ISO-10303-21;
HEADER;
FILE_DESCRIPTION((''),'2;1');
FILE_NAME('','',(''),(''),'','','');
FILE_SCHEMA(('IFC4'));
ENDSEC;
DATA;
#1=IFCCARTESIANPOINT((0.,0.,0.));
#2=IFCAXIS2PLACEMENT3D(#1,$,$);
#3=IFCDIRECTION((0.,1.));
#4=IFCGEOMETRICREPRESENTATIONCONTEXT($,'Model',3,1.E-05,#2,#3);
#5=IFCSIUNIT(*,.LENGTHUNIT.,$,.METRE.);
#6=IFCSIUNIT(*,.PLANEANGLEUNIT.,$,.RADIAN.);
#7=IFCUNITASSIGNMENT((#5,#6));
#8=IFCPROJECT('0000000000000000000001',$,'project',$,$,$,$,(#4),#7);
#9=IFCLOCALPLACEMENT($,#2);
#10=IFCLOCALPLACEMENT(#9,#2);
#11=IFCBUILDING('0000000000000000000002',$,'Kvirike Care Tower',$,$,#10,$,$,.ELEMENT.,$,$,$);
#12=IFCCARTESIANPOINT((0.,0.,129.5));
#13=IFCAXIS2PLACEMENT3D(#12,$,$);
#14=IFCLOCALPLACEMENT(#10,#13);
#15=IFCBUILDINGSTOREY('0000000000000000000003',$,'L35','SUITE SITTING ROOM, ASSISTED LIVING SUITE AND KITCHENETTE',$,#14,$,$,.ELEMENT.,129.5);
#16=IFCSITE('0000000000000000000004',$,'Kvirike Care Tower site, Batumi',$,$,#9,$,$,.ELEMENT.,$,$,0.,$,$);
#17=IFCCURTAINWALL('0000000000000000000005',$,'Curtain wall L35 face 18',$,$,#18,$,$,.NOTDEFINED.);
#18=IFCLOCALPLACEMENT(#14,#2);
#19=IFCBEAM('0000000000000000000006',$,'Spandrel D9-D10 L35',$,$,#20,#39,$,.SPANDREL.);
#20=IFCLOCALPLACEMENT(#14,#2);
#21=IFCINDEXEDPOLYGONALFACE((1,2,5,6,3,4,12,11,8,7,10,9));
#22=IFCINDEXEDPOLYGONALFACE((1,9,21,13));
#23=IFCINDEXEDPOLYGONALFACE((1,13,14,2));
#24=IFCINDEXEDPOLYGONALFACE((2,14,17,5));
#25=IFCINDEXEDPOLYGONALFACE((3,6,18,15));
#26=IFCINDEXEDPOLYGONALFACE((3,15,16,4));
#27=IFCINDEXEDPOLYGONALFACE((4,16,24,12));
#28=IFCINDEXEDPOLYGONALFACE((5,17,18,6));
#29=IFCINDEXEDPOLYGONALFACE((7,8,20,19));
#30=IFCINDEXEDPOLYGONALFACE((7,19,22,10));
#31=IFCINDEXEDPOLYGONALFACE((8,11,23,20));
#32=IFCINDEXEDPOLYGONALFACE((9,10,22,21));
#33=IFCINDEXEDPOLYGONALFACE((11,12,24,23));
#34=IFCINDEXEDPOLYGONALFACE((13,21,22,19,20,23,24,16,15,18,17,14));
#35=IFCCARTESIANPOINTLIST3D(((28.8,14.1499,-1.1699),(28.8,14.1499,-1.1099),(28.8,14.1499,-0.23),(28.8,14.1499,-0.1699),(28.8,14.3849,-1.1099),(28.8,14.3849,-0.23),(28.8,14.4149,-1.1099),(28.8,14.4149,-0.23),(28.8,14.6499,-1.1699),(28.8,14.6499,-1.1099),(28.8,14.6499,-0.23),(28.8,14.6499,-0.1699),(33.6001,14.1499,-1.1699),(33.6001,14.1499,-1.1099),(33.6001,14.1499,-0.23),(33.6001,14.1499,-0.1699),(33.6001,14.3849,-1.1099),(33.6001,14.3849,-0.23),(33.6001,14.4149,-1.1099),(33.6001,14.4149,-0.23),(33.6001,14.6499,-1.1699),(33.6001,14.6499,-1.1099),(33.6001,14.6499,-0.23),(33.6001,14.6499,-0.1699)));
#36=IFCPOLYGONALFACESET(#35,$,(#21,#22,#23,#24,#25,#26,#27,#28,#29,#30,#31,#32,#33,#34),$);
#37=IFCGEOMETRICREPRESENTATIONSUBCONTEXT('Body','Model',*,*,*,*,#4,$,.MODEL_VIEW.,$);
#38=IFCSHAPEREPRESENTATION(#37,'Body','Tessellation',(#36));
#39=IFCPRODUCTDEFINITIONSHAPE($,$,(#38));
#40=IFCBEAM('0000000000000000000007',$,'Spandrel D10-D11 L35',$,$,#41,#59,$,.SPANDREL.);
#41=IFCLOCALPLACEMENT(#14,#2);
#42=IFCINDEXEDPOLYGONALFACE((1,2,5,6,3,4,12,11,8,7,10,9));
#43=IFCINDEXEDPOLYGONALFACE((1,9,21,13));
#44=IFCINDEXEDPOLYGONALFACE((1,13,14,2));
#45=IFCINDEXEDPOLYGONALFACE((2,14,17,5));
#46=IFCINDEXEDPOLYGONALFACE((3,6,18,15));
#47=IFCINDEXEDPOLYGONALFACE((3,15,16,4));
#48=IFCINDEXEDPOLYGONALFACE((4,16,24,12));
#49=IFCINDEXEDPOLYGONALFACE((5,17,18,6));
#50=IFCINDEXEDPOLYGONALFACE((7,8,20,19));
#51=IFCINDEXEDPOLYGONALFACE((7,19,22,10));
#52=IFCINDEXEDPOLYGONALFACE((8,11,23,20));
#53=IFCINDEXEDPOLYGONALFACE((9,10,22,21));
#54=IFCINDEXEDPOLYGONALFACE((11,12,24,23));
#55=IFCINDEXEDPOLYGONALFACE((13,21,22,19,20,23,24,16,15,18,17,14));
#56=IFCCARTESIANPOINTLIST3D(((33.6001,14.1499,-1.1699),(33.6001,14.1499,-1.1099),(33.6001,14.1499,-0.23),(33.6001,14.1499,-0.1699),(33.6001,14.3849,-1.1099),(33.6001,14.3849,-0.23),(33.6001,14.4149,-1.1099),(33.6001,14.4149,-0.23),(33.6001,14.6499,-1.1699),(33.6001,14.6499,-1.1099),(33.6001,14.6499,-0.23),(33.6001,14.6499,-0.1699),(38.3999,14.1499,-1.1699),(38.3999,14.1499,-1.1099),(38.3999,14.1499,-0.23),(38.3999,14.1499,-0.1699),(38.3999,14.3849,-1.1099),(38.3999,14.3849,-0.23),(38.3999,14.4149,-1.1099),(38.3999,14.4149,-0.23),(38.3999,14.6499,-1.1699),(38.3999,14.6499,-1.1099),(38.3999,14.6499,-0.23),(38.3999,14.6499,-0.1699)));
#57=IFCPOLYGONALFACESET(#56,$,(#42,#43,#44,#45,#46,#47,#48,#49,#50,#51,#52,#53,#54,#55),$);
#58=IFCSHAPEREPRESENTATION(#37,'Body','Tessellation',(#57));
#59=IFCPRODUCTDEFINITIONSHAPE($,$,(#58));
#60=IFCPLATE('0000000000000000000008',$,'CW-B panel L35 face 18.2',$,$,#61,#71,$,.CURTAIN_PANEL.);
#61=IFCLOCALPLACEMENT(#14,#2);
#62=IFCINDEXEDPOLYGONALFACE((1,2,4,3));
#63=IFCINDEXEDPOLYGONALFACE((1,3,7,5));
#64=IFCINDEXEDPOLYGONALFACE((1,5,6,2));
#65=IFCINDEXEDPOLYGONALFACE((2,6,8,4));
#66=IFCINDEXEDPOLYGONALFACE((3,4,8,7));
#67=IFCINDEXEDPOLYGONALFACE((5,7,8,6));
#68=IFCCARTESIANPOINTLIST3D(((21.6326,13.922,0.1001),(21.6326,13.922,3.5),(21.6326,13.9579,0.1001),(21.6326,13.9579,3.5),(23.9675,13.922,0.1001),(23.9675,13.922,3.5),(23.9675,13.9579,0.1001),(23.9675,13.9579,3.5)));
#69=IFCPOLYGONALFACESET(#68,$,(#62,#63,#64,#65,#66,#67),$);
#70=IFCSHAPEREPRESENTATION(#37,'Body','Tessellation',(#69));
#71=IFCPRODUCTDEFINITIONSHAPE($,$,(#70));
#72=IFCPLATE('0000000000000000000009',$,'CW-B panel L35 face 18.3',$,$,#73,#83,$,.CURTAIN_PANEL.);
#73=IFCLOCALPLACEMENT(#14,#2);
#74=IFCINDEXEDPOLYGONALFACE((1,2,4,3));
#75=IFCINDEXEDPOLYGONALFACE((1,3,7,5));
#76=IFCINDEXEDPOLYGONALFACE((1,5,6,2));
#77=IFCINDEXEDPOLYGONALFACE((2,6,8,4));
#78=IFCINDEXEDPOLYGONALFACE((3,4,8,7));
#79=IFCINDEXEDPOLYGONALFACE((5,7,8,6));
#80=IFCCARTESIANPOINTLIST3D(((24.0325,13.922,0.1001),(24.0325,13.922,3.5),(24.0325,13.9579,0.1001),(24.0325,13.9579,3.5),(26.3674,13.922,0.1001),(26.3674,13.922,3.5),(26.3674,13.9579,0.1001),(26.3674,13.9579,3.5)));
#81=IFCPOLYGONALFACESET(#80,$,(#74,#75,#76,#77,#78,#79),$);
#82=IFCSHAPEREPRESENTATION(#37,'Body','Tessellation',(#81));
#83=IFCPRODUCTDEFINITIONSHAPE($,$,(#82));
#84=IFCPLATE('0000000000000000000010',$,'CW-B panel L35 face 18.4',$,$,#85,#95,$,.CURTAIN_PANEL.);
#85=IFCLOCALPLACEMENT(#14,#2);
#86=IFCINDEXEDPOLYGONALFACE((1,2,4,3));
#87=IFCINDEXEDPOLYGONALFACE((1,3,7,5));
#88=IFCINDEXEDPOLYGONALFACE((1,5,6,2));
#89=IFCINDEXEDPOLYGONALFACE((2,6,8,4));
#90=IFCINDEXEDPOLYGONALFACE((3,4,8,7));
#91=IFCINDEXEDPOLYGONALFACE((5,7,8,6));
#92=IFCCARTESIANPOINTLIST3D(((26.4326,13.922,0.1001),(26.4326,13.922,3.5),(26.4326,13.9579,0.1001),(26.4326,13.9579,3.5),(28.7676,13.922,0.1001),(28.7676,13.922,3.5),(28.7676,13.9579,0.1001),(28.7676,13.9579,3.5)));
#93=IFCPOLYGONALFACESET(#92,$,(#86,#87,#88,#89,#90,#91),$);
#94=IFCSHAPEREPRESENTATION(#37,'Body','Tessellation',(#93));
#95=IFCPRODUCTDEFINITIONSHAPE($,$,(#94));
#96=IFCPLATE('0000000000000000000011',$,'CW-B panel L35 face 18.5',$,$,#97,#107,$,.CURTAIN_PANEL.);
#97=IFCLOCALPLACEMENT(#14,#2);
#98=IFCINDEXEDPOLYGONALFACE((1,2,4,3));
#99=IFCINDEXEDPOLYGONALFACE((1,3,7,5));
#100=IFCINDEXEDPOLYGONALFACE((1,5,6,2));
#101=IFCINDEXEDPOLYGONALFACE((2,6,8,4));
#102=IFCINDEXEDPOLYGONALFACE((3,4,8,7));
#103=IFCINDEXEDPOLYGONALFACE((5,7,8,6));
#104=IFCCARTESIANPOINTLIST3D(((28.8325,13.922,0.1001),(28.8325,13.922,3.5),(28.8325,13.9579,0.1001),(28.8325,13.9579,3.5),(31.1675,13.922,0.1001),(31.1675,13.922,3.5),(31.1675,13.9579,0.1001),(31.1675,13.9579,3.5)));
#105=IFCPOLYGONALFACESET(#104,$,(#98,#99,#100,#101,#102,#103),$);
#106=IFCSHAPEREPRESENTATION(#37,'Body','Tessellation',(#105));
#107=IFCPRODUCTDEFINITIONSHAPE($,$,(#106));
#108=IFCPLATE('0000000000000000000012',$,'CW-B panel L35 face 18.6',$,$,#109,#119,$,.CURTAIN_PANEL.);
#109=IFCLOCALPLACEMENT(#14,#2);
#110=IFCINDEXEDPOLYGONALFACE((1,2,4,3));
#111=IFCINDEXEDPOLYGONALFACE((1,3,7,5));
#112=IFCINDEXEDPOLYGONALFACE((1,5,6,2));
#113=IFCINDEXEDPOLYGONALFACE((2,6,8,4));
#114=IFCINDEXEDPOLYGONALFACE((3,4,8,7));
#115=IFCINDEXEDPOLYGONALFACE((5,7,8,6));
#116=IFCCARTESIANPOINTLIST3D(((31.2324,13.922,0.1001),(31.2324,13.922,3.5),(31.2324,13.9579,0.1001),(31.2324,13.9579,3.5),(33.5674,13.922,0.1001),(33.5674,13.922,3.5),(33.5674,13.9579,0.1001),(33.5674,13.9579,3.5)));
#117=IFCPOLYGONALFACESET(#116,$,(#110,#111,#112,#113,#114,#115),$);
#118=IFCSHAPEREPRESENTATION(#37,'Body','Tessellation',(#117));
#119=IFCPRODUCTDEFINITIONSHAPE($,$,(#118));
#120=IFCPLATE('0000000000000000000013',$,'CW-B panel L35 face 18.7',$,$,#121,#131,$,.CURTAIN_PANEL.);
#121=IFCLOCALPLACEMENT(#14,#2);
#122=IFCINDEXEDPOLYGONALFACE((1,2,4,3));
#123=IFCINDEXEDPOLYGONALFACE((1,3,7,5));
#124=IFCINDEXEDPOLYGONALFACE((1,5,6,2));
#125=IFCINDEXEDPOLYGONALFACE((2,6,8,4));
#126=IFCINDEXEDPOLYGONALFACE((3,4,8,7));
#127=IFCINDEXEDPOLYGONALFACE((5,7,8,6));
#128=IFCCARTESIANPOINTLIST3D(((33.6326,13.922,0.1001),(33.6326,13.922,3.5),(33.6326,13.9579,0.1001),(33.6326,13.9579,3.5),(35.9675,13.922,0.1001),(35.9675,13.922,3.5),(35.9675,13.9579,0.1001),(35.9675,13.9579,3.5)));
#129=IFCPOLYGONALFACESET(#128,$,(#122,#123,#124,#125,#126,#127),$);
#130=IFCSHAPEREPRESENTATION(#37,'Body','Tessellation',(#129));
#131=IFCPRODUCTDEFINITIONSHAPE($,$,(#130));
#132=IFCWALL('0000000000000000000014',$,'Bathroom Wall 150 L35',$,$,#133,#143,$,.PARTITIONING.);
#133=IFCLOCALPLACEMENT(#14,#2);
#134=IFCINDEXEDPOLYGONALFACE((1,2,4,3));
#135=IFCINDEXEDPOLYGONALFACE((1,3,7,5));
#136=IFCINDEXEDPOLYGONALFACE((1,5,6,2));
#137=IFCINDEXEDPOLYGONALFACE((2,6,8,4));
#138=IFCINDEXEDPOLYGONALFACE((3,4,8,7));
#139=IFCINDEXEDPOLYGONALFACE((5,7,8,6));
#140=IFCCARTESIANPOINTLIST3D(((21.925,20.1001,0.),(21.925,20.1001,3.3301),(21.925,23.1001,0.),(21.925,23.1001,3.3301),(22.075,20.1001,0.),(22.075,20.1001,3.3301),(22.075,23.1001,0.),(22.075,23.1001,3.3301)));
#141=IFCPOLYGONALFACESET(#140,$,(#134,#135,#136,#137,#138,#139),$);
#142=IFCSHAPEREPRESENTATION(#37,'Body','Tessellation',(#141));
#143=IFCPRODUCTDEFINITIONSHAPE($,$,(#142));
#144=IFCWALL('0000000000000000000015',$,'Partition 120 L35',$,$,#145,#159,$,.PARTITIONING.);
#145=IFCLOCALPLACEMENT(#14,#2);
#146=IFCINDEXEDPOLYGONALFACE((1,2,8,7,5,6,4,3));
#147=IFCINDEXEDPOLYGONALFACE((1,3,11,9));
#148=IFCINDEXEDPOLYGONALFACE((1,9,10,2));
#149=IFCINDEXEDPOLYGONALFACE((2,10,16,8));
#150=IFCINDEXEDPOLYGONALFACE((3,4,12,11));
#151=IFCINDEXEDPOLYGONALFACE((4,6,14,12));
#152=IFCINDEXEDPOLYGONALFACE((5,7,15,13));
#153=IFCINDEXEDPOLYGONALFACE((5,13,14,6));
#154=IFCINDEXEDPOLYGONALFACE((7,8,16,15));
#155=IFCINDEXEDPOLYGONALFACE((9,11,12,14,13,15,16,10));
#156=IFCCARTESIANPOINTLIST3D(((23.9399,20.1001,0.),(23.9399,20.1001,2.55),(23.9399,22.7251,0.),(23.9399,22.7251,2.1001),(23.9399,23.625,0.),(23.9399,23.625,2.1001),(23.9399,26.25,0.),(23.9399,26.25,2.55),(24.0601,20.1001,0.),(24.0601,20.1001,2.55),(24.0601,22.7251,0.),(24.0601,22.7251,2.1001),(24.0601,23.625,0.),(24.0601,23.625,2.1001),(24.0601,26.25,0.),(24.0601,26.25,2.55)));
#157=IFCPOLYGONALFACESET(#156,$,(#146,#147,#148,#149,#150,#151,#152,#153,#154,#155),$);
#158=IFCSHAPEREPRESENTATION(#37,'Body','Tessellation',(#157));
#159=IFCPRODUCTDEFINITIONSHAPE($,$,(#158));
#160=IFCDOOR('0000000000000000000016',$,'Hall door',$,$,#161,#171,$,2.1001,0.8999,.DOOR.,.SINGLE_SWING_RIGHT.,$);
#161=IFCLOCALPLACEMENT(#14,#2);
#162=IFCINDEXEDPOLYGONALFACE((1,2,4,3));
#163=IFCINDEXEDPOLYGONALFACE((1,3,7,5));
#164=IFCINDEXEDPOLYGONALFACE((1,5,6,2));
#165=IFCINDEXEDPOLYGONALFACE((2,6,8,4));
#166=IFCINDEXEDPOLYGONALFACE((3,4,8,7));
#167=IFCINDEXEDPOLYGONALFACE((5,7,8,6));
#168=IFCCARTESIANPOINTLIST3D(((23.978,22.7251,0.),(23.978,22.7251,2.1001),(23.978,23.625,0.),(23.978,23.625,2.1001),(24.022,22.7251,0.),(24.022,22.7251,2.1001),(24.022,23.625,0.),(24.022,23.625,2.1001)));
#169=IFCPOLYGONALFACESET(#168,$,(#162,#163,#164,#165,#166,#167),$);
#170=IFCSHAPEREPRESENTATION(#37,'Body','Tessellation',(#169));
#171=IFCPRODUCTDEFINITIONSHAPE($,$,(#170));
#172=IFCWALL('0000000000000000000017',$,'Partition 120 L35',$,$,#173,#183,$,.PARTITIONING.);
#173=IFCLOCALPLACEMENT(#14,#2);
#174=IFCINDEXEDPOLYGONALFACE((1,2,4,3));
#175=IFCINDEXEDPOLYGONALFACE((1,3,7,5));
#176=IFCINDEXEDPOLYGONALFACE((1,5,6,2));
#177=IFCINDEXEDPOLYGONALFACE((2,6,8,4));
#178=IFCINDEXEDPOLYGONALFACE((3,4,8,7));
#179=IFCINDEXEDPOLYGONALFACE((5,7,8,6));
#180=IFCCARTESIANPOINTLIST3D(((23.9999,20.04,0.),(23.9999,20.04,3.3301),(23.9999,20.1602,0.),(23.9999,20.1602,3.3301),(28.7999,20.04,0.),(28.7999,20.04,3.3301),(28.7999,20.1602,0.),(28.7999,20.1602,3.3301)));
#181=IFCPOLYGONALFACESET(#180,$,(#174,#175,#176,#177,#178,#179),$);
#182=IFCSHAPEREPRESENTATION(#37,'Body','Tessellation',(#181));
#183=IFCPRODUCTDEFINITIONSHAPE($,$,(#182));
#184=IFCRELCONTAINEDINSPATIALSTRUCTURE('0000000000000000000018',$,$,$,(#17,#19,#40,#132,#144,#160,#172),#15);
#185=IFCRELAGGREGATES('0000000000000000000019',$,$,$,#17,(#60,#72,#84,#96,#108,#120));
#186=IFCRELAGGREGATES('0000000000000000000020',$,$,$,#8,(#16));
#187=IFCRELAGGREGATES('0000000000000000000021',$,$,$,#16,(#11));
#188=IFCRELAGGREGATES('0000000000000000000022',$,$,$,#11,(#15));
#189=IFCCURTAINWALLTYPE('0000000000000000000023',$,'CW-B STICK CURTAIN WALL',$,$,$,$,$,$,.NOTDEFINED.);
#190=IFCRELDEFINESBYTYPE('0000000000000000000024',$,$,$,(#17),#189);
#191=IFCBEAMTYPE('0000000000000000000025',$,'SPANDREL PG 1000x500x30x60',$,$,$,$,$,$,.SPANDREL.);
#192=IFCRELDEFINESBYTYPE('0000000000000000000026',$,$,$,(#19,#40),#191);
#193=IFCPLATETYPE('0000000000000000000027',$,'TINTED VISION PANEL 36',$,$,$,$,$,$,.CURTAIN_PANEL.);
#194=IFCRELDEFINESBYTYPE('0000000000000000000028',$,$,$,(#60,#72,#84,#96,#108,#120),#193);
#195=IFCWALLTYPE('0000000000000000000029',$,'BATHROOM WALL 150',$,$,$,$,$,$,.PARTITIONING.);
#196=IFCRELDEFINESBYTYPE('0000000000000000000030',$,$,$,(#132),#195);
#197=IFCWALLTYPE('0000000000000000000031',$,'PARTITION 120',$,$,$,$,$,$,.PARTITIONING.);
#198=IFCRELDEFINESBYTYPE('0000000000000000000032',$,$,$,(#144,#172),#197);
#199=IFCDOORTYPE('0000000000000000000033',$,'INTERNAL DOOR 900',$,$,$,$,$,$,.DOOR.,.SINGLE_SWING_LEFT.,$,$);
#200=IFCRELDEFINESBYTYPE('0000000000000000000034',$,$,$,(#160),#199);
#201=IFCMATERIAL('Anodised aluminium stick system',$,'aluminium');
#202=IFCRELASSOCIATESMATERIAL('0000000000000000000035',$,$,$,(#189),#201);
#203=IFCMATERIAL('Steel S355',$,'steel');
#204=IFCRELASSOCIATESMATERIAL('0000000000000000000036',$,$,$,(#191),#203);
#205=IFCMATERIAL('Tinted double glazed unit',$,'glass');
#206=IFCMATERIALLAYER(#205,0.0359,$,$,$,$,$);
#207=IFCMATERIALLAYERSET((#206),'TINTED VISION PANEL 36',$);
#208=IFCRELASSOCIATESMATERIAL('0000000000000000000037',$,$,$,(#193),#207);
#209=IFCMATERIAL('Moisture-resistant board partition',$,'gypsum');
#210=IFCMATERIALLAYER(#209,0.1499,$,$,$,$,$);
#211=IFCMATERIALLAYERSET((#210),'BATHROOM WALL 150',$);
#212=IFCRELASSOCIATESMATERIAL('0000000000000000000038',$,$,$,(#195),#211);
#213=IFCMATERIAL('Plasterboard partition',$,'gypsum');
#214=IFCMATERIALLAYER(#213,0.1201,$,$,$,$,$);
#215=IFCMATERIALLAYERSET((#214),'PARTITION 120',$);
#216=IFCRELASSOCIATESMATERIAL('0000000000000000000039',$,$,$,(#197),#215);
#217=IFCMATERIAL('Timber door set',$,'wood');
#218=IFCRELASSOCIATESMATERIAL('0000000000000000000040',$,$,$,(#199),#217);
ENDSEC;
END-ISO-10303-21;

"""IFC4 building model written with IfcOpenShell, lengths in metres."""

from ifc_helpers import new_model, si_unit, direction, frame, frame_2d, origin, origin_2d, place, context, subcontext, project, spatial, rectangle, i_section, extrude, material, layer, layer_set, material_profile, profile_set, type_object, element, fill, aggregate, save


model = new_model("IFC4")

# Units and contexts
model_context = context("Model", 3, precision=1e-05, world=origin(), true_north=direction((0.0, 1.0)))
body_context = subcontext(model_context, "Body", "Model", "MODEL_VIEW")
ifc_project = project(units=[si_unit("LENGTHUNIT", "METRE"), si_unit("PLANEANGLEUNIT", "RADIAN")], contexts=[model_context])

# Site, building, storey
site_placement = place(None, origin())
site = spatial("IfcSite", under=ifc_project, at=site_placement, Name="Kvirike Care Tower site, Batumi", CompositionType="ELEMENT", RefElevation=0.0)
building_placement = place(site_placement, origin())
building = spatial("IfcBuilding", under=site, at=building_placement, Name="Kvirike Care Tower", CompositionType="ELEMENT")
storey_placement = place(building_placement, frame((0.0, 0.0, 129.5)))
storey = spatial("IfcBuildingStorey", under=building, at=storey_placement, Name="L35", Description="SUITE SITTING ROOM, ASSISTED LIVING SUITE AND KITCHENETTE", CompositionType="ELEMENT", Elevation=129.5)

# Curtain wall
ifc_material_1 = material(Name="Anodised aluminium stick system", Category="aluminium")
curtain_wall_type = type_object("IfcCurtainWallType", Name="CW-B STICK CURTAIN WALL", PredefinedType="NOTDEFINED", material=ifc_material_1)
curtain_wall_placement = place(storey_placement, origin())
curtain_wall = element("IfcCurtainWall", 1, at=curtain_wall_placement, inside=storey, type_object=curtain_wall_type, Name="Curtain wall L35 face 18", PredefinedType="NOTDEFINED")

# Beams
ifc_material_2 = material(Name="Steel S355", Category="steel")
ifc_material_profile_1 = material_profile(ifc_material_2, i_section(OverallWidth=0.5, OverallDepth=1.0, WebThickness=0.03, FlangeThickness=0.0601, at=origin_2d()), Name="PG 1000x500x30x60")
ifc_profile_set_1 = profile_set([ifc_material_profile_1], Name="Steel S355")
beam_type_1 = type_object("IfcBeamType", Name="SPANDREL PG 1000x500x30x60", PredefinedType="SPANDREL", material=ifc_profile_set_1)
for number, where, z_axis, x_axis, name in (
    (2, (28.8, 14.3999, -0.6699), (1.0, 0.0, 0.0), (0.0, 1.0, 0.0), "Spandrel D9-D10 L35"),
):
    element("IfcBeam", number, at=place(storey_placement, frame(where, z_axis=z_axis, x_axis=x_axis)), inside=storey, type_object=beam_type_1, Name=name, PredefinedType="SPANDREL", context=body_context, shape_type="SweptSolid", body=[
        extrude(i_section(OverallWidth=0.5, OverallDepth=1.0, WebThickness=0.03, FlangeThickness=0.0601, at=origin_2d()), origin(), (0.0, 0.0, 1.0), 4.8),
    ])
beam_1_placement = place(storey_placement, frame((33.6001, 14.3999, -0.6699), z_axis=(1.0, 0.0, 0.0), x_axis=(0.0, 1.0, 0.0)))
element("IfcBeam", 3, at=beam_1_placement, inside=storey, type_object=beam_type_1, Name="Spandrel D10-D11 L35", PredefinedType="SPANDREL", context=body_context, shape_type="SweptSolid", body=[
    extrude(i_section(OverallWidth=0.5, OverallDepth=1.0, WebThickness=0.03, FlangeThickness=0.0601, at=origin_2d()), origin(), (0.0, 0.0, 1.0), 4.7998),
])

# Plates
ifc_material_3 = material(Name="Tinted double glazed unit", Category="glass")
ifc_layer_1 = layer(ifc_material_3, 0.0359)
ifc_layer_set_1 = layer_set([ifc_layer_1], Name="TINTED VISION PANEL 36")
plate_type = type_object("IfcPlateType", Name="TINTED VISION PANEL 36", PredefinedType="CURTAIN_PANEL", material=ifc_layer_set_1)
plate_1_placement = place(storey_placement, frame((22.8, 13.9399, 0.1001), z_axis=(0.0, 0.0, 1.0), x_axis=(1.0, 0.0, 0.0)))
plate_1 = element("IfcPlate", 4, at=plate_1_placement, type_object=plate_type, Name="CW-B panel L35 face 18.2", PredefinedType="CURTAIN_PANEL", context=body_context, shape_type="SweptSolid", body=[
    extrude(rectangle(XDim=2.335, YDim=0.0359, at=origin_2d()), origin(), (0.0, 0.0, 1.0), 3.3999),
])
plate_2_placement = place(storey_placement, frame((25.2, 13.9399, 0.1001), z_axis=(0.0, 0.0, 1.0), x_axis=(1.0, 0.0, 0.0)))
plate_2 = element("IfcPlate", 5, at=plate_2_placement, type_object=plate_type, Name="CW-B panel L35 face 18.3", PredefinedType="CURTAIN_PANEL", context=body_context, shape_type="SweptSolid", body=[
    extrude(rectangle(XDim=2.335, YDim=0.0359, at=origin_2d()), origin(), (0.0, 0.0, 1.0), 3.3999),
])
plate_3_placement = place(storey_placement, frame((27.6001, 13.9399, 0.1001), z_axis=(0.0, 0.0, 1.0), x_axis=(1.0, 0.0, 0.0)))
plate_3 = element("IfcPlate", 6, at=plate_3_placement, type_object=plate_type, Name="CW-B panel L35 face 18.4", PredefinedType="CURTAIN_PANEL", context=body_context, shape_type="SweptSolid", body=[
    extrude(rectangle(XDim=2.335, YDim=0.0359, at=origin_2d()), origin(), (0.0, 0.0, 1.0), 3.3999),
])
plate_4_placement = place(storey_placement, frame((30.0, 13.9399, 0.1001), z_axis=(0.0, 0.0, 1.0), x_axis=(1.0, 0.0, 0.0)))
plate_4 = element("IfcPlate", 7, at=plate_4_placement, type_object=plate_type, Name="CW-B panel L35 face 18.5", PredefinedType="CURTAIN_PANEL", context=body_context, shape_type="SweptSolid", body=[
    extrude(rectangle(XDim=2.335, YDim=0.0359, at=origin_2d()), origin(), (0.0, 0.0, 1.0), 3.3999),
])
plate_5_placement = place(storey_placement, frame((32.3999, 13.9399, 0.1001), z_axis=(0.0, 0.0, 1.0), x_axis=(1.0, 0.0, 0.0)))
plate_5 = element("IfcPlate", 8, at=plate_5_placement, type_object=plate_type, Name="CW-B panel L35 face 18.6", PredefinedType="CURTAIN_PANEL", context=body_context, shape_type="SweptSolid", body=[
    extrude(rectangle(XDim=2.335, YDim=0.0359, at=origin_2d()), origin(), (0.0, 0.0, 1.0), 3.3999),
])
plate_6_placement = place(storey_placement, frame((34.8, 13.9399, 0.1001), z_axis=(0.0, 0.0, 1.0), x_axis=(1.0, 0.0, 0.0)))
plate_6 = element("IfcPlate", 9, at=plate_6_placement, type_object=plate_type, Name="CW-B panel L35 face 18.7", PredefinedType="CURTAIN_PANEL", context=body_context, shape_type="SweptSolid", body=[
    extrude(rectangle(XDim=2.335, YDim=0.0359, at=origin_2d()), origin(), (0.0, 0.0, 1.0), 3.3999),
])
aggregate(curtain_wall, [plate_1, plate_2, plate_3, plate_4, plate_5, plate_6])

# Wall
ifc_material_4 = material(Name="Moisture-resistant board partition", Category="gypsum")
ifc_layer_2 = layer(ifc_material_4, 0.1499)
ifc_layer_set_2 = layer_set([ifc_layer_2], Name="BATHROOM WALL 150")
wall_type_1 = type_object("IfcWallType", Name="BATHROOM WALL 150", PredefinedType="PARTITIONING", material=ifc_layer_set_2)
wall_1_placement = place(storey_placement, frame((22.0, 20.1001, 0.0), z_axis=(0.0, 0.0, 1.0), x_axis=(0.0, 1.0, 0.0)))
element("IfcWall", 10, at=wall_1_placement, inside=storey, type_object=wall_type_1, Name="Bathroom Wall 150 L35", PredefinedType="PARTITIONING", context=body_context, shape_type="SweptSolid", body=[
    extrude(rectangle(XDim=3.0, YDim=0.1499, at=frame_2d((1.5, 0.0))), origin(), (0.0, 0.0, 1.0), 3.3301),
])

# Wall, opening, door
ifc_material_5 = material(Name="Plasterboard partition", Category="gypsum")
ifc_layer_3 = layer(ifc_material_5, 0.1201)
ifc_layer_set_3 = layer_set([ifc_layer_3], Name="PARTITION 120")
wall_type_2 = type_object("IfcWallType", Name="PARTITION 120", PredefinedType="PARTITIONING", material=ifc_layer_set_3)
wall_2_placement = place(storey_placement, frame((24.0, 20.1001, 0.0), z_axis=(0.0, 0.0, 1.0), x_axis=(0.0, 1.0, 0.0)))
wall_2 = element("IfcWall", 11, at=wall_2_placement, inside=storey, type_object=wall_type_2, Name="Partition 120 L35", PredefinedType="PARTITIONING", context=body_context, shape_type="SweptSolid", body=[
    extrude(rectangle(XDim=6.1499, YDim=0.1201, at=frame_2d((3.075, 0.0))), origin(), (0.0, 0.0, 1.0), 2.55),
])
opening_placement = place(wall_2_placement, frame((2.625, 0.0, 0.0)))
opening = element("IfcOpeningElement", 12, at=opening_placement, cuts=wall_2, PredefinedType="OPENING", context=body_context, shape_type="SweptSolid", body=[
    extrude(rectangle(XDim=0.8999, YDim=2.1001, at=frame_2d((0.45, 1.05))), frame((0.0, 0.0706, 0.0), z_axis=(0.0, -1.0, 0.0), x_axis=(1.0, 0.0, 0.0)), (0.0, 0.0, 1.0), 0.1411),
])
ifc_material_6 = material(Name="Timber door set", Category="wood")
door_type = type_object("IfcDoorType", Name="INTERNAL DOOR 900", OperationType="SINGLE_SWING_LEFT", PredefinedType="DOOR", material=ifc_material_6)
door_placement = place(opening_placement, frame((0.8999, 0.0, 0.0), z_axis=(0.0, 0.0, 1.0), x_axis=(-1.0, 0.0, 0.0)))
door = element("IfcDoor", 13, at=door_placement, inside=storey, type_object=door_type, Name="Hall door", OperationType="SINGLE_SWING_RIGHT", OverallHeight=2.1001, OverallWidth=0.8999, PredefinedType="DOOR", context=body_context, shape_type="SweptSolid", body=[
    extrude(rectangle(XDim=0.8999, YDim=2.1001, at=frame_2d((0.45, 1.05))), frame((0.0, 0.022, 0.0), z_axis=(0.0, -1.0, 0.0), x_axis=(1.0, 0.0, 0.0)), (0.0, 0.0, 1.0), 0.0439),
])
fill(opening, door)

# Wall
wall_3_placement = place(storey_placement, frame((24.0, 20.1001, 0.0), z_axis=(0.0, 0.0, 1.0), x_axis=(1.0, 0.0, 0.0)))
element("IfcWall", 14, at=wall_3_placement, inside=storey, type_object=wall_type_2, Name="Partition 120 L35", PredefinedType="PARTITIONING", context=body_context, shape_type="SweptSolid", body=[
    extrude(rectangle(XDim=4.8, YDim=0.1201, at=frame_2d((2.3999, 0.0))), origin(), (0.0, 0.0, 1.0), 3.3301),
])

save(model, "model.ifc")
